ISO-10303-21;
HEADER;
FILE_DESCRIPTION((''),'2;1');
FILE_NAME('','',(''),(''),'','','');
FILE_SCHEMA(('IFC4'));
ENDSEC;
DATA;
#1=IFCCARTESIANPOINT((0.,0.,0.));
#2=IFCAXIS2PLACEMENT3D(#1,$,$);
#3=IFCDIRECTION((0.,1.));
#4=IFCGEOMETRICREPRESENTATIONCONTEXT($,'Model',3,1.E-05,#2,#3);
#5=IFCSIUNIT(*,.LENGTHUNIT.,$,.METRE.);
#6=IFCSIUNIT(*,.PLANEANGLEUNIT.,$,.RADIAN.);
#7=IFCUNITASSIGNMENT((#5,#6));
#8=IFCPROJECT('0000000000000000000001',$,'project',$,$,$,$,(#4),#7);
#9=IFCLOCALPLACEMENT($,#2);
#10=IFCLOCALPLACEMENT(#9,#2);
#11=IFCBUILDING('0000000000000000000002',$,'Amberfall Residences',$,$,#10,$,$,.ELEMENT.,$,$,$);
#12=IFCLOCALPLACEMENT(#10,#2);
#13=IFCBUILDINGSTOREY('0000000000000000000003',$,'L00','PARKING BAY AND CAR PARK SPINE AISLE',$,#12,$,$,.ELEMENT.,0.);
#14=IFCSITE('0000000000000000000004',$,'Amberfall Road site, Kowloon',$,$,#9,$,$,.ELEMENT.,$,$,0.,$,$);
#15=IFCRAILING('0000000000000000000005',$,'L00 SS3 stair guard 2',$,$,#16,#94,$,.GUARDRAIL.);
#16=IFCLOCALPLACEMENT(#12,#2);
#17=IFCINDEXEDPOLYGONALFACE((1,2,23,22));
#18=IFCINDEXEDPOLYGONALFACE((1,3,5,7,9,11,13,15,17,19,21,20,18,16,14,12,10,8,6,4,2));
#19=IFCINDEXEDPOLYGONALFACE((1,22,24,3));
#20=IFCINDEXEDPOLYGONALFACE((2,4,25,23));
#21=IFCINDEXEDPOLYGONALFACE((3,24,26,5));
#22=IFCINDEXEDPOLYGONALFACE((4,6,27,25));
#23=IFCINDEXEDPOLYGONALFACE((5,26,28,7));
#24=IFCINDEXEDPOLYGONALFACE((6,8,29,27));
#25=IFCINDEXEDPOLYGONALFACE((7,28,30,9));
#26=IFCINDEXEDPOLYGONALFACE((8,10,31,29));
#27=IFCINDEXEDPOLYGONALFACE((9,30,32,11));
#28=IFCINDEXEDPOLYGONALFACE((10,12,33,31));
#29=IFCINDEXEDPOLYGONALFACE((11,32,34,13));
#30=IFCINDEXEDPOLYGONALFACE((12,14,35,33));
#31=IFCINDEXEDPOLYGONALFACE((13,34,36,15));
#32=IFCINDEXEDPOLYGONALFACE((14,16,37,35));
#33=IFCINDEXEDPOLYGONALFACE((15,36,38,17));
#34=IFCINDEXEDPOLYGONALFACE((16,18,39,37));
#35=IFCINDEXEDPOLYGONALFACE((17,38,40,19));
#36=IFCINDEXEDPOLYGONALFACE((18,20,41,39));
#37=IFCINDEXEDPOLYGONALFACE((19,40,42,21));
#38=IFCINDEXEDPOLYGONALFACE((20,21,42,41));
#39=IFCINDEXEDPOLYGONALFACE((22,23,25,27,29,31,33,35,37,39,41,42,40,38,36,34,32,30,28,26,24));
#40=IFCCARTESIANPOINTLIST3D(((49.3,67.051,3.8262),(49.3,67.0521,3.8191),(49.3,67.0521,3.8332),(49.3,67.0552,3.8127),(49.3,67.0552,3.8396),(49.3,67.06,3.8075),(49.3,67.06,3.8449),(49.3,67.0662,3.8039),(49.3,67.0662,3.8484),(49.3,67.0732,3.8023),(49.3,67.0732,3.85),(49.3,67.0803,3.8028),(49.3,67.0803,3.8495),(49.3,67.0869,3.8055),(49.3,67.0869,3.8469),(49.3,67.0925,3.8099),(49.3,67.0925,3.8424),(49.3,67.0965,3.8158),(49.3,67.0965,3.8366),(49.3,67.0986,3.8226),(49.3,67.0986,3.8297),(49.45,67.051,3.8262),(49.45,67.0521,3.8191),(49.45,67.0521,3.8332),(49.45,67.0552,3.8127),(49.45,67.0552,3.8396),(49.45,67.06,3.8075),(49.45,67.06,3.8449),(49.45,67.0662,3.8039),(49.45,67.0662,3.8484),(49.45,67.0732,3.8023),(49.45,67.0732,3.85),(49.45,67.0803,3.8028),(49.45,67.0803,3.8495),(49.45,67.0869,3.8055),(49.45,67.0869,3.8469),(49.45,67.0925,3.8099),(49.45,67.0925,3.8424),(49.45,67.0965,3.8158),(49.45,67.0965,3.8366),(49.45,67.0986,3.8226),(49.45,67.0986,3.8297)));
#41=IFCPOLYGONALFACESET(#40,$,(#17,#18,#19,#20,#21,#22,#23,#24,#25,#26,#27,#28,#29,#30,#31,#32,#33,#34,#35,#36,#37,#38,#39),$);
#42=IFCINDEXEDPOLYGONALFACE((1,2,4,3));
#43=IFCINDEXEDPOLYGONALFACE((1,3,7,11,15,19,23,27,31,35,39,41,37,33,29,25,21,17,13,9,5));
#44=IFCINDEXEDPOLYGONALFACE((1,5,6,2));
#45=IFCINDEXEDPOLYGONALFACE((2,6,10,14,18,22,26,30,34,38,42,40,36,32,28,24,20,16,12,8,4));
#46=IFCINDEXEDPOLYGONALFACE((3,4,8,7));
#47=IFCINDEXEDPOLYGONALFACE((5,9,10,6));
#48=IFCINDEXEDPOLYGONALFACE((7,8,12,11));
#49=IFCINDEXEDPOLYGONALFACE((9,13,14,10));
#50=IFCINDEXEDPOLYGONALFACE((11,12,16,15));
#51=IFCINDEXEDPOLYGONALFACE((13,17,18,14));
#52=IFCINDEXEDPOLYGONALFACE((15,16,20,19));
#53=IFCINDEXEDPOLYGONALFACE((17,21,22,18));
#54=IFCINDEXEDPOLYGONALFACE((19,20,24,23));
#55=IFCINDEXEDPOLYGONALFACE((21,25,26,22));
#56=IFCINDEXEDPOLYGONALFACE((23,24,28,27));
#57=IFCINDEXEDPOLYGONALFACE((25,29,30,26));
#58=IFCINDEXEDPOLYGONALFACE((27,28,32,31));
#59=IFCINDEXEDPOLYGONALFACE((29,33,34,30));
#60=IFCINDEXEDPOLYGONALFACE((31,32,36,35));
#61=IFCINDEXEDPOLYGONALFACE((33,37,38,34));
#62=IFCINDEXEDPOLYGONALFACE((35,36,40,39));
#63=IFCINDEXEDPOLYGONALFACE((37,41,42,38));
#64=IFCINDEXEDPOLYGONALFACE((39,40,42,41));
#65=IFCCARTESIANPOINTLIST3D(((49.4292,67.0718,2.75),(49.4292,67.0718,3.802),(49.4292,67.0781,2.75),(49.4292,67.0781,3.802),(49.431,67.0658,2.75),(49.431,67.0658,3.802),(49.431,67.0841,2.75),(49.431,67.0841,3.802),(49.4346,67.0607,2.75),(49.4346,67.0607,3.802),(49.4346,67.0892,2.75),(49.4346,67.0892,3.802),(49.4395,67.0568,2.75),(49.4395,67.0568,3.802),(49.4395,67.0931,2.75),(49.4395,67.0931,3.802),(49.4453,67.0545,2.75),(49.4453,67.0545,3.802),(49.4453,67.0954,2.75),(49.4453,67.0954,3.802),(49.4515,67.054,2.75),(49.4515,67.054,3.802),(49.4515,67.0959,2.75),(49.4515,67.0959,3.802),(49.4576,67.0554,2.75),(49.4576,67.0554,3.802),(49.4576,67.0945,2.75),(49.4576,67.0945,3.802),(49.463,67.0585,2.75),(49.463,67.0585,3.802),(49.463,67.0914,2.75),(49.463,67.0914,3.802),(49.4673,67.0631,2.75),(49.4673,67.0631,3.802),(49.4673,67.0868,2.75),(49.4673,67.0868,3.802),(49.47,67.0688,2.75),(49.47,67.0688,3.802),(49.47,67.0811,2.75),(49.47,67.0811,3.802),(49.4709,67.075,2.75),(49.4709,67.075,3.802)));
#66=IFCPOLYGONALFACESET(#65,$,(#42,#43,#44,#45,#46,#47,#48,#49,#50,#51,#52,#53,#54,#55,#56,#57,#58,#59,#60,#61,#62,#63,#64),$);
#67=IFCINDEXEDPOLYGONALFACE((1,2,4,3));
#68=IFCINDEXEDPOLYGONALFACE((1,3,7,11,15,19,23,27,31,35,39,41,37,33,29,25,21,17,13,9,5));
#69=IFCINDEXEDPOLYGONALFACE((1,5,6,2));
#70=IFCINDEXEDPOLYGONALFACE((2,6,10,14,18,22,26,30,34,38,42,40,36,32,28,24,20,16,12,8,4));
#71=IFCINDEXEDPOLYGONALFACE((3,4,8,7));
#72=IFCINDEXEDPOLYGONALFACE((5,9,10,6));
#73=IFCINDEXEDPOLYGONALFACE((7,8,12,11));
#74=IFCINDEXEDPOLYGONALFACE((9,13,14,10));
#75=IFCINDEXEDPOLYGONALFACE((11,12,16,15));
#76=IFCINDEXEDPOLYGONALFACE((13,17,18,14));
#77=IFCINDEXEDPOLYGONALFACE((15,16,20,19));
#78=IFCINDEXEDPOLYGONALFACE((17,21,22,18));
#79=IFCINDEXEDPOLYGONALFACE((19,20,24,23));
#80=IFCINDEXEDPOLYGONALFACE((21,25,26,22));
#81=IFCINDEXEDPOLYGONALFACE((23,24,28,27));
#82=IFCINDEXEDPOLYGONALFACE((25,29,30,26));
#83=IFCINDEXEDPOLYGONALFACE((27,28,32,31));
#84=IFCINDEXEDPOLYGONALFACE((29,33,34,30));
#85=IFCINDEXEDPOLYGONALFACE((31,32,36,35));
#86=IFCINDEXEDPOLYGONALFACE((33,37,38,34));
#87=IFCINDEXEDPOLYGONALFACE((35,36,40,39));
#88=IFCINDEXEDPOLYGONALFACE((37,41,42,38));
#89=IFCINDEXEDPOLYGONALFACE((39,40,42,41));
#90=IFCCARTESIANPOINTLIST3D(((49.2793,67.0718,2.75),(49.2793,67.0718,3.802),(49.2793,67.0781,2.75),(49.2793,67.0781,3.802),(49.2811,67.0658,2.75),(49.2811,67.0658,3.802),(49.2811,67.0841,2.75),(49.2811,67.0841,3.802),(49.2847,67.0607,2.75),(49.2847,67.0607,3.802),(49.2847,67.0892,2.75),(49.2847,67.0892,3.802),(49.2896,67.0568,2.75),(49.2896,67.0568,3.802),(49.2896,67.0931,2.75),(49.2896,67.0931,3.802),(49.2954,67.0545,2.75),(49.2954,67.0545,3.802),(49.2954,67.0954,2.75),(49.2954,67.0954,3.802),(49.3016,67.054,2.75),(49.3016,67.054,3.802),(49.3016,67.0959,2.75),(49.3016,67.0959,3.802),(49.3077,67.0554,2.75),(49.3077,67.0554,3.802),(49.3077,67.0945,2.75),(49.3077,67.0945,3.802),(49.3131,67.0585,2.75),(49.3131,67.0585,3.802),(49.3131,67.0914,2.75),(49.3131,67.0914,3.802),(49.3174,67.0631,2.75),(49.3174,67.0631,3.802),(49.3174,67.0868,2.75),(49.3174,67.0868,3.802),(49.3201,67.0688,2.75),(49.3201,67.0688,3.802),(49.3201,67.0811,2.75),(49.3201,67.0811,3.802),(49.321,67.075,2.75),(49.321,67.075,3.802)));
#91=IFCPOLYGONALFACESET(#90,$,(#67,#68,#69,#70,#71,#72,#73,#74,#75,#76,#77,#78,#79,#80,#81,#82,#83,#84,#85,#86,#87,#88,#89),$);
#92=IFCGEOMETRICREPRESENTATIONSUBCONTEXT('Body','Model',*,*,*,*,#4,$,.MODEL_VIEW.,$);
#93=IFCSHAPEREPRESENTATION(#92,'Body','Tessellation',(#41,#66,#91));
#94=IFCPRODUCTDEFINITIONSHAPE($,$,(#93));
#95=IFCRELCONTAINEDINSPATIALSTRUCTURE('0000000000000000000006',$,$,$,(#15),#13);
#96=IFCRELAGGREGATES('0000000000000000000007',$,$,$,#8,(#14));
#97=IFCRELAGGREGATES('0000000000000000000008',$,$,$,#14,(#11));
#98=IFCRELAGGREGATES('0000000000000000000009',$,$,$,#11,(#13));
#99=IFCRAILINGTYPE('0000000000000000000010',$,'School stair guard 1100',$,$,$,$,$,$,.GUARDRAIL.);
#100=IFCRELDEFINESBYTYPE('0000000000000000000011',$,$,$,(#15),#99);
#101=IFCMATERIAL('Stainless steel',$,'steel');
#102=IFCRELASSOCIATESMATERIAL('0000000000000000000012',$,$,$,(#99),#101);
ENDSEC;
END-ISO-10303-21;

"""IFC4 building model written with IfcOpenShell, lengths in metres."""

from ifc_helpers import new_model, si_unit, direction, frame, origin, origin_2d, place, context, subcontext, project, spatial, circle, extrude, material, type_object, element, save


model = new_model("IFC4")

# Units and contexts
model_context = context("Model", 3, precision=1e-05, world=origin(), true_north=direction((0.0, 1.0)))
body_context = subcontext(model_context, "Body", "Model", "MODEL_VIEW")
ifc_project = project(units=[si_unit("LENGTHUNIT", "METRE"), si_unit("PLANEANGLEUNIT", "RADIAN")], contexts=[model_context])

# Site, building, storey
site_placement = place(None, origin())
site = spatial("IfcSite", under=ifc_project, at=site_placement, Name="Amberfall Road site, Kowloon", CompositionType="ELEMENT", RefElevation=0.0)
building_placement = place(site_placement, origin())
building = spatial("IfcBuilding", under=site, at=building_placement, Name="Amberfall Residences", CompositionType="ELEMENT")
storey_placement = place(building_placement, origin())
storey = spatial("IfcBuildingStorey", under=building, at=storey_placement, Name="L00", Description="PARKING BAY AND CAR PARK SPINE AISLE", CompositionType="ELEMENT", Elevation=0.0)

# Railing
ifc_material_1 = material(Name="Stainless steel", Category="steel")
railing_type_1 = type_object("IfcRailingType", Name="School stair guard 1100", PredefinedType="GUARDRAIL", material=ifc_material_1)
railing_1_placement = place(storey_placement, frame((49.45, 67.075, 2.75)))
element("IfcRailing", 1, at=railing_1_placement, inside=storey, type_object=railing_type_1, Name="L00 SS3 stair guard 2", PredefinedType="GUARDRAIL", context=body_context, shape_type="SweptSolid", body=[
    extrude(circle(Radius=0.0239, at=origin_2d()), frame((0.0, 0.0, 1.0762), z_axis=(-1.0, 0.0, 0.0), x_axis=(0.0, -1.0, 0.0)), (0.0, 0.0, 1.0), 0.1499),
    extrude(circle(Radius=0.021, at=origin_2d()), origin(), (0.0, 0.0, 1.0), 1.052),
    extrude(circle(Radius=0.021, at=origin_2d()), frame((-0.1499, 0.0, 0.0)), (0.0, 0.0, 1.0), 1.052),
])

save(model, "model.ifc")
